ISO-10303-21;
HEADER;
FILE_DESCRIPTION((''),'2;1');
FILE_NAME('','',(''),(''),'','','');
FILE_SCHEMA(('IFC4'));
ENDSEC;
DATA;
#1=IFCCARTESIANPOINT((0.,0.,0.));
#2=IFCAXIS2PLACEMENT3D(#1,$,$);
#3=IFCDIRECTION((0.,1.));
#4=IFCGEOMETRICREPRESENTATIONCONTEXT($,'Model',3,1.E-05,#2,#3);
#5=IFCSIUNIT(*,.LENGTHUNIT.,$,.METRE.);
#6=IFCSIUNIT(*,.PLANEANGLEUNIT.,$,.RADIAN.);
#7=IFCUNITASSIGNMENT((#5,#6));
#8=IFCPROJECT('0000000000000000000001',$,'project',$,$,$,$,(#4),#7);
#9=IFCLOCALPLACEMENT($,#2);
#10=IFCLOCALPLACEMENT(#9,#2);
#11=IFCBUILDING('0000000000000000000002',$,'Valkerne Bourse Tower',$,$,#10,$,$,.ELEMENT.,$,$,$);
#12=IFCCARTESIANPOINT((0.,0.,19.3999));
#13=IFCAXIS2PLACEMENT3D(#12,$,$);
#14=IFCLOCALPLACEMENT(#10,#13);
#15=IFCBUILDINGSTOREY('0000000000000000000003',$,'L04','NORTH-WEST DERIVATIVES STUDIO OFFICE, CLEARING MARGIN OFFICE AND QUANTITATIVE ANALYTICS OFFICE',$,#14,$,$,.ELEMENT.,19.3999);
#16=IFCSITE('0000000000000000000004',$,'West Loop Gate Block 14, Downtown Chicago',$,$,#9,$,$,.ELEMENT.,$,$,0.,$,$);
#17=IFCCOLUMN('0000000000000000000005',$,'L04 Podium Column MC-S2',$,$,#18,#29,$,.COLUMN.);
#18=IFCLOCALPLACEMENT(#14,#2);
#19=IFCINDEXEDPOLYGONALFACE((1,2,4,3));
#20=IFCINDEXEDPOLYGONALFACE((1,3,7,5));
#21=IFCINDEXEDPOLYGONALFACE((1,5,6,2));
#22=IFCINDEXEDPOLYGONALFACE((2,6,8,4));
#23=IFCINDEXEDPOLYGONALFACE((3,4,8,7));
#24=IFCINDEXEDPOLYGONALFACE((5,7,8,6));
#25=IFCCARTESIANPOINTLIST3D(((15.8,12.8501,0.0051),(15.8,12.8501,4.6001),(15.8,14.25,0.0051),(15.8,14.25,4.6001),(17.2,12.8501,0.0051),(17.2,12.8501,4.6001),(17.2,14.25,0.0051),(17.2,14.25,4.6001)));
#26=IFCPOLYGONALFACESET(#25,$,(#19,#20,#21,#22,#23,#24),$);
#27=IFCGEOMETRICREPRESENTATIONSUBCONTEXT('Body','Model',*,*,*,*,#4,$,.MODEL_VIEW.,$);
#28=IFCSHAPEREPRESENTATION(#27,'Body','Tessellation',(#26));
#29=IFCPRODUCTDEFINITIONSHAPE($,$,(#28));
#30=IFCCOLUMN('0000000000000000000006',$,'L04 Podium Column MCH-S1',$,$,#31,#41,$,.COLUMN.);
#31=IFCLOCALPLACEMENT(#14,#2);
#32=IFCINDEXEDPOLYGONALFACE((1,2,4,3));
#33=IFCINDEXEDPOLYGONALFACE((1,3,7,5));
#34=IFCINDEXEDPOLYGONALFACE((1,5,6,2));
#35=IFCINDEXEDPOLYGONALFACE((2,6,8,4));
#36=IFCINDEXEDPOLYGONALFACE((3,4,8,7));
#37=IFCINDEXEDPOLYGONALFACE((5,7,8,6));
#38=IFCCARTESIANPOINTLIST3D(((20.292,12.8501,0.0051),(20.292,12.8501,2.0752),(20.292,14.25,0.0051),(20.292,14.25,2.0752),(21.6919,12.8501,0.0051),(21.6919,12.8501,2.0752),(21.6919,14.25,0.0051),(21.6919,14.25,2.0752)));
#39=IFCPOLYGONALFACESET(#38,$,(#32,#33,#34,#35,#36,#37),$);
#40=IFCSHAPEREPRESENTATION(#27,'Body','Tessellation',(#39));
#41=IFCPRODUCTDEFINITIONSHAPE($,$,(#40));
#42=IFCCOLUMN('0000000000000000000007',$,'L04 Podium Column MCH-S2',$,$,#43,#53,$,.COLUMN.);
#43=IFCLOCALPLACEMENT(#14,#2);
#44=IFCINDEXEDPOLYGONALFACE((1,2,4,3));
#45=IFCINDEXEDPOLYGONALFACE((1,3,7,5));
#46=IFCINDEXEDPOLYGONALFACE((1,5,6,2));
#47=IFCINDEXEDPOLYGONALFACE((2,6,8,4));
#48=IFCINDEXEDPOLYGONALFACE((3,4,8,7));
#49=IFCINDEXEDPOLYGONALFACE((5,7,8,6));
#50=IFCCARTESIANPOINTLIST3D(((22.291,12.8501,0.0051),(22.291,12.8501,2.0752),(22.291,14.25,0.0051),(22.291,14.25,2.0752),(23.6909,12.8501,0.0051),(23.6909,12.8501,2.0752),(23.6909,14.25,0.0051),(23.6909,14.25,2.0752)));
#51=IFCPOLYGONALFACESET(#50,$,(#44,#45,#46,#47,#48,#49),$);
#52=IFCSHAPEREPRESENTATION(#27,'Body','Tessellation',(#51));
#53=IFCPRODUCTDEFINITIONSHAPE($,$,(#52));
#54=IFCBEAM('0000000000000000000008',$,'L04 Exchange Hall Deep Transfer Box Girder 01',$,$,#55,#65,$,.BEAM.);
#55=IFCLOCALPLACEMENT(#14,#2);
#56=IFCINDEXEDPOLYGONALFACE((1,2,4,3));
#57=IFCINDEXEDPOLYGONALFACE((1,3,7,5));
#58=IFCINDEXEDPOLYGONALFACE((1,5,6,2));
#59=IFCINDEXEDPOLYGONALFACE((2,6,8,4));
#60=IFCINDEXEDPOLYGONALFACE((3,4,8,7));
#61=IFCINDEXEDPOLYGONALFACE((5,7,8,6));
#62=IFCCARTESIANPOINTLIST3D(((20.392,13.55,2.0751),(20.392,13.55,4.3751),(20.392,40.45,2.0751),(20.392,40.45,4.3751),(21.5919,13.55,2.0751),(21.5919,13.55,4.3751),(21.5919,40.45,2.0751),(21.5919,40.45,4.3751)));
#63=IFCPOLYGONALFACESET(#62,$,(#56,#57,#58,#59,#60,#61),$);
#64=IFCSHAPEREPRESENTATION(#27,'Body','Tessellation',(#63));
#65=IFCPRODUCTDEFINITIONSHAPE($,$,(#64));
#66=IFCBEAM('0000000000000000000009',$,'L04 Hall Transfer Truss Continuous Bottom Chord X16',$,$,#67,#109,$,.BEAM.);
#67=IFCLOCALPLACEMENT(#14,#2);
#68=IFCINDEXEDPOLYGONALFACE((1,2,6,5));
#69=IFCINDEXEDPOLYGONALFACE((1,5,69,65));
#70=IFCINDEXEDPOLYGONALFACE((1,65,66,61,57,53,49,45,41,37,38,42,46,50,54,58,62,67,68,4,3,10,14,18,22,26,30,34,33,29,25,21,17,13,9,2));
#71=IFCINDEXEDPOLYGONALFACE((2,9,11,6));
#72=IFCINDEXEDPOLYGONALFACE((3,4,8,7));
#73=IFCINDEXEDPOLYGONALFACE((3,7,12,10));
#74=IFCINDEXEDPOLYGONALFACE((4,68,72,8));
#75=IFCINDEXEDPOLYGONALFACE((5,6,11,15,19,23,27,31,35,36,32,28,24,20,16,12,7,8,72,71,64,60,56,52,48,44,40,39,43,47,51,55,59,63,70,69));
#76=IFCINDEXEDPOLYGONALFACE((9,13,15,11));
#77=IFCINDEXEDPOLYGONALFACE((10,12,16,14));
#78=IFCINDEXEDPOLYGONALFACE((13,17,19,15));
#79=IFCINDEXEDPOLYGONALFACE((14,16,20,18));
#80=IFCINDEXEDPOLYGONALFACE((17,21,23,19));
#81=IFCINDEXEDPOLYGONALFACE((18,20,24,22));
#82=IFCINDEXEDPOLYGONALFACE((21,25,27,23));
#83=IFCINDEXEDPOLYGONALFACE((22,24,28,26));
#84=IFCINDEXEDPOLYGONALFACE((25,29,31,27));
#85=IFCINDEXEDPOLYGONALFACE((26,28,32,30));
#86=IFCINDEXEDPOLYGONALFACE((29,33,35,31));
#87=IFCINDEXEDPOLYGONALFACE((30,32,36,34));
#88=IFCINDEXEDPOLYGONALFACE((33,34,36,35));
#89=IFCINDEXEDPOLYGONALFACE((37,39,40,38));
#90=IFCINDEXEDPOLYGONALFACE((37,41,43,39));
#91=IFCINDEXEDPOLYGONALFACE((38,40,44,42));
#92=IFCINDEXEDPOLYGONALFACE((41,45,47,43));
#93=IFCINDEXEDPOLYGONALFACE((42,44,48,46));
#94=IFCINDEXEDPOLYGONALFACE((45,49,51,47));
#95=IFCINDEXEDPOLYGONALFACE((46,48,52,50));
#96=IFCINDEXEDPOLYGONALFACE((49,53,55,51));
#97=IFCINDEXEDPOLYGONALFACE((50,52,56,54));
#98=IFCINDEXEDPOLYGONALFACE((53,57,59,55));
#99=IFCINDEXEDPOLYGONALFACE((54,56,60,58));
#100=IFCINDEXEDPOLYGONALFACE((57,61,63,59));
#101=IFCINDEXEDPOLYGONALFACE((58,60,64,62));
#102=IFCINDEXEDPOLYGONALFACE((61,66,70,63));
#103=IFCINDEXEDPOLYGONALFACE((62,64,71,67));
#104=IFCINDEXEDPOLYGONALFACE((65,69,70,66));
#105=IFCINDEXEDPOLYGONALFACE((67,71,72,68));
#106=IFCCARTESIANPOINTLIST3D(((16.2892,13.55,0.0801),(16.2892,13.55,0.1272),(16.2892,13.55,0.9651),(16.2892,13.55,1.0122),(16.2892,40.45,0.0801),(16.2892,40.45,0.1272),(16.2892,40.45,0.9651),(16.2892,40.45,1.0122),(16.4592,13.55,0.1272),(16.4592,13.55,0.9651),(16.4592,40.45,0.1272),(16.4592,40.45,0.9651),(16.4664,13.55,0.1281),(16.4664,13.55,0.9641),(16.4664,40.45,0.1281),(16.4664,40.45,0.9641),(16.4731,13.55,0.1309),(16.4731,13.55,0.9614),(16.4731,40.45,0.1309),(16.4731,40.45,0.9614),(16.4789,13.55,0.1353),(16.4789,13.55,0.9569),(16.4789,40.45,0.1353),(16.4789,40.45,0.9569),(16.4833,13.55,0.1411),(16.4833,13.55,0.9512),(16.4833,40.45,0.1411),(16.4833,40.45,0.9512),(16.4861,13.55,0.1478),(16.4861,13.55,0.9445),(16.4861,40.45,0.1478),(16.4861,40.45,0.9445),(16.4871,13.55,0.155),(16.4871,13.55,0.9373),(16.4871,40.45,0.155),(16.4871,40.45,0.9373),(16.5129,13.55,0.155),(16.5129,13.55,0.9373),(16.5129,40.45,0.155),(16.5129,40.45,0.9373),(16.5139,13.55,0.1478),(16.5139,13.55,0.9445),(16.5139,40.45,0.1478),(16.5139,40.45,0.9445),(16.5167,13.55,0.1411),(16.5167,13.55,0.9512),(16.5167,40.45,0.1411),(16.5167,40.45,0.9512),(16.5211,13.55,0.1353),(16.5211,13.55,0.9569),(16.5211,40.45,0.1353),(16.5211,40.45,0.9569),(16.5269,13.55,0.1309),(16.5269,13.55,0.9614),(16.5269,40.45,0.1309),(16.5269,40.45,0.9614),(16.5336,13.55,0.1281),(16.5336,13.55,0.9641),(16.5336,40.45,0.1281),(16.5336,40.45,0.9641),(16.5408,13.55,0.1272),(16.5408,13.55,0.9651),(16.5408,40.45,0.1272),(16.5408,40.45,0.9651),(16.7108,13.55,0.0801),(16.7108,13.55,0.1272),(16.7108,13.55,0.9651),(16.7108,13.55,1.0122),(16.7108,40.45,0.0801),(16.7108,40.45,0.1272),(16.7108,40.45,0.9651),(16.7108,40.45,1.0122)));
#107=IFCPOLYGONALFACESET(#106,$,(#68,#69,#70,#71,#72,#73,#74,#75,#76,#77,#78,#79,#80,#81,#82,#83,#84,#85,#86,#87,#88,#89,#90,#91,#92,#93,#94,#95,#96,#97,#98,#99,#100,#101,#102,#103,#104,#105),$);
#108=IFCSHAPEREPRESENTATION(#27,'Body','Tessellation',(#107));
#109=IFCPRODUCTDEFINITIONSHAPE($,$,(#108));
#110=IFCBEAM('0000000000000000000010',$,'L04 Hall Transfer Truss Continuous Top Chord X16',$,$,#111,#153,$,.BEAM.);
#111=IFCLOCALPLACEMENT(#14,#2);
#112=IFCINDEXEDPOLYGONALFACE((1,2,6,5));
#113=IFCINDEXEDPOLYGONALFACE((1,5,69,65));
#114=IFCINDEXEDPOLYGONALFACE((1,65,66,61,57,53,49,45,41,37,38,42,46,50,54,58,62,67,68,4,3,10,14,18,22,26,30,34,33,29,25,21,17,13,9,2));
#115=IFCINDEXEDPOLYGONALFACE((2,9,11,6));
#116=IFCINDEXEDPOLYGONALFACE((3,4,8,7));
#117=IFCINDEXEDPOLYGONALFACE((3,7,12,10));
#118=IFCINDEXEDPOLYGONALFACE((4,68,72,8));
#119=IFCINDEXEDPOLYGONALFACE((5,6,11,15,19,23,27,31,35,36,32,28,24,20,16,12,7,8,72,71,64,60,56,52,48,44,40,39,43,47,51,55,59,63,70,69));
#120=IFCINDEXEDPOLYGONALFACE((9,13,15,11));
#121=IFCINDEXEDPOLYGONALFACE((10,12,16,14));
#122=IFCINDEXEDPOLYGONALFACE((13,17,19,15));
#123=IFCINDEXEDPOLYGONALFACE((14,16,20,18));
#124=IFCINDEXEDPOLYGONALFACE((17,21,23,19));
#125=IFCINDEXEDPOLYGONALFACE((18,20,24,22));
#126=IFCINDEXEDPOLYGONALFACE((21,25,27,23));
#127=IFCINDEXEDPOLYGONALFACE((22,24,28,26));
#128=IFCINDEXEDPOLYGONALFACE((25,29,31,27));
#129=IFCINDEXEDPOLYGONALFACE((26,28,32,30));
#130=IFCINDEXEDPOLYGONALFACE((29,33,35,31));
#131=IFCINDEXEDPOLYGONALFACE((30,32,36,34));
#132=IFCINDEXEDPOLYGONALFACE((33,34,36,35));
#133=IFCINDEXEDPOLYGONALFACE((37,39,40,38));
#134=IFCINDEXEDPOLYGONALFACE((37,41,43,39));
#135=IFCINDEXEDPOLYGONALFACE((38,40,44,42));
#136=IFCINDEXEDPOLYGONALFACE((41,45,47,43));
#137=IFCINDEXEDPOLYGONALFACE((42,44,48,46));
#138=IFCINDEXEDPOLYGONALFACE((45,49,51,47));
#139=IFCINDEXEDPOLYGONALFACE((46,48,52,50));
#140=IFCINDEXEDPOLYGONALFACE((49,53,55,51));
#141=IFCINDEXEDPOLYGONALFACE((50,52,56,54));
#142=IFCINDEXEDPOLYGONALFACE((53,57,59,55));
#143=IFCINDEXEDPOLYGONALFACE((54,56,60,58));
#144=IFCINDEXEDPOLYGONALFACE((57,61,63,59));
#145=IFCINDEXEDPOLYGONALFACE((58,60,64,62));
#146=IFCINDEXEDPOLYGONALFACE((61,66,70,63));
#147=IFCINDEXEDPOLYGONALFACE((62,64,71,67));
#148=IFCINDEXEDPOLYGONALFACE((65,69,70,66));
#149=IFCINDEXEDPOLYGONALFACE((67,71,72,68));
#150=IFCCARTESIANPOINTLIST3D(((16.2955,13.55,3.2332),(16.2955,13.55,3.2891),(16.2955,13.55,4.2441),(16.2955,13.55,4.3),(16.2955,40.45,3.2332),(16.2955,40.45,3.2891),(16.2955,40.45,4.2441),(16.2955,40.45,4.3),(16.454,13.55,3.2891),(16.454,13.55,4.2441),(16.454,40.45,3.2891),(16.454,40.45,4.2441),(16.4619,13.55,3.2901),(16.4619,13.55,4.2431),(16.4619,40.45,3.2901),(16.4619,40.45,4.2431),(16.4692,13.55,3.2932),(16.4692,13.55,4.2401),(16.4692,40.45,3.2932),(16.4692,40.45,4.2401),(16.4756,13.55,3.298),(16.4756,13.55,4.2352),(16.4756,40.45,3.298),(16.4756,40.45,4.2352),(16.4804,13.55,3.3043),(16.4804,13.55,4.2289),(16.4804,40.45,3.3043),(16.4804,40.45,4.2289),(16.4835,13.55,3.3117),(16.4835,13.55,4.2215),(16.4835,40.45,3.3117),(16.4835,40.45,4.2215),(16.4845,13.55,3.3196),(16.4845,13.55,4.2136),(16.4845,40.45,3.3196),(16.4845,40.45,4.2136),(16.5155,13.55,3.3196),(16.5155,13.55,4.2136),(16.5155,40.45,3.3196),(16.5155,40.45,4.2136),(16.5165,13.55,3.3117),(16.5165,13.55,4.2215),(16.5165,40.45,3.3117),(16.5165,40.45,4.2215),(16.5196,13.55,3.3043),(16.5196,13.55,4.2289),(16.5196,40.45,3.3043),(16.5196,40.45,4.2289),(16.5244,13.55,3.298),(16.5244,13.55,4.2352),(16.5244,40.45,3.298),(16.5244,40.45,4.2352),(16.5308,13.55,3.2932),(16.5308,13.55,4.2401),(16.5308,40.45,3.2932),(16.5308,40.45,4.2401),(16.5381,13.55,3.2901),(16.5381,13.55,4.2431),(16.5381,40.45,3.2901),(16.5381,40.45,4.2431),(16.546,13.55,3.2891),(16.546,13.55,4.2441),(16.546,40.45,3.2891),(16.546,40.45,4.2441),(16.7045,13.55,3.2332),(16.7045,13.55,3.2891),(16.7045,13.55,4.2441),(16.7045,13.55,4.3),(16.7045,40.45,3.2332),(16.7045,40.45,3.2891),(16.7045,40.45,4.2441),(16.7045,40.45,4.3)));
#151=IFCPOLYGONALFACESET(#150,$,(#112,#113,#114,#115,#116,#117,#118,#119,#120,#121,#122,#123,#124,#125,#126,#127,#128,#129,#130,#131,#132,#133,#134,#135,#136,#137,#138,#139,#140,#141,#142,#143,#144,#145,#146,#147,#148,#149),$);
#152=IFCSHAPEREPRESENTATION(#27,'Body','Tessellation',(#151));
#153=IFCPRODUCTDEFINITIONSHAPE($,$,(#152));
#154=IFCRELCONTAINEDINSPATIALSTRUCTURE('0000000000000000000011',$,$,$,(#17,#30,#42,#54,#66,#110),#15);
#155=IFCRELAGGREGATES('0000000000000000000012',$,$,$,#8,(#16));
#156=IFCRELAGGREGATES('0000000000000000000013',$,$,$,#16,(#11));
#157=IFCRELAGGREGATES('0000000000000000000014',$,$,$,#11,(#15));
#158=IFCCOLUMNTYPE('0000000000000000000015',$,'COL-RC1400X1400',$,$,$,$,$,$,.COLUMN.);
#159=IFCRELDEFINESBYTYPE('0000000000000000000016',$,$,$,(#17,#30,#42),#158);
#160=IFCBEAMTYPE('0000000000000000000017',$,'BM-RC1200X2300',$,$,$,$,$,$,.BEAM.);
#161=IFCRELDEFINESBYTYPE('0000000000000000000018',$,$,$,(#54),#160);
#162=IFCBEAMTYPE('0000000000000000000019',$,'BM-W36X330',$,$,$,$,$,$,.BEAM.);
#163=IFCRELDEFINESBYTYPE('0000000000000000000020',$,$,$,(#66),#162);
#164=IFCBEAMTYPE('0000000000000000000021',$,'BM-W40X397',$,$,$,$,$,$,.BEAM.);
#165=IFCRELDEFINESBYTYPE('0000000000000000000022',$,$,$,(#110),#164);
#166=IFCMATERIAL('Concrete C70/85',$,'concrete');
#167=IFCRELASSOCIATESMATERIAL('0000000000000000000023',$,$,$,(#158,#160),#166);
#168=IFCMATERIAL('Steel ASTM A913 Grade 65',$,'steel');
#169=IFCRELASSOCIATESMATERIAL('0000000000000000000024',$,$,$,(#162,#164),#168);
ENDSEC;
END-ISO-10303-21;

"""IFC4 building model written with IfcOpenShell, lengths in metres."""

from ifc_helpers import new_model, si_unit, direction, frame, origin, origin_2d, place, context, subcontext, project, spatial, rectangle, i_section, extrude, material, material_profile, profile_set, type_object, element, save


model = new_model("IFC4")

# Units and contexts
model_context = context("Model", 3, precision=1e-05, world=origin(), true_north=direction((0.0, 1.0)))
body_context = subcontext(model_context, "Body", "Model", "MODEL_VIEW")
ifc_project = project(units=[si_unit("LENGTHUNIT", "METRE"), si_unit("PLANEANGLEUNIT", "RADIAN")], contexts=[model_context])

# Site, building, storey
site_placement = place(None, origin())
site = spatial("IfcSite", under=ifc_project, at=site_placement, Name="West Loop Gate Block 14, Downtown Chicago", CompositionType="ELEMENT", RefElevation=0.0)
building_placement = place(site_placement, origin())
building = spatial("IfcBuilding", under=site, at=building_placement, Name="Valkerne Bourse Tower", CompositionType="ELEMENT")
storey_placement = place(building_placement, frame((0.0, 0.0, 19.3999)))
storey = spatial("IfcBuildingStorey", under=building, at=storey_placement, Name="L04", Description="NORTH-WEST DERIVATIVES STUDIO OFFICE, CLEARING MARGIN OFFICE AND QUANTITATIVE ANALYTICS OFFICE", CompositionType="ELEMENT", Elevation=19.3999)

# Columns
ifc_material_1 = material(Name="Concrete C70/85", Category="concrete")
ifc_material_profile_1 = material_profile(ifc_material_1, rectangle(XDim=1.3999, YDim=1.3999, at=origin_2d()), Name="RC1400X1400")
ifc_profile_set_1 = profile_set([ifc_material_profile_1], Name="Concrete C70/85")
column_type = type_object("IfcColumnType", Name="COL-RC1400X1400", PredefinedType="COLUMN", material=ifc_profile_set_1)
column_placement = place(storey_placement, frame((16.5, 13.55, 0.0051), z_axis=(0.0, 0.0, 1.0), x_axis=(1.0, 0.0, 0.0)))
element("IfcColumn", 1, at=column_placement, inside=storey, type_object=column_type, Name="L04 Podium Column MC-S2", PredefinedType="COLUMN", context=body_context, shape_type="SweptSolid", body=[
    extrude(rectangle(XDim=1.3999, YDim=1.3999, at=origin_2d()), origin(), (0.0, 0.0, 1.0), 4.595),
])
for number, where, z_axis, x_axis, name in (
    (2, (20.9919, 13.55, 0.0051), (0.0, 0.0, 1.0), (1.0, 0.0, 0.0), "L04 Podium Column MCH-S1"),
    (3, (22.991, 13.55, 0.0051), (0.0, 0.0, 1.0), (1.0, 0.0, 0.0), "L04 Podium Column MCH-S2"),
):
    element("IfcColumn", number, at=place(storey_placement, frame(where, z_axis=z_axis, x_axis=x_axis)), inside=storey, type_object=column_type, Name=name, PredefinedType="COLUMN", context=body_context, shape_type="SweptSolid", body=[
        extrude(rectangle(XDim=1.3999, YDim=1.3999, at=origin_2d()), origin(), (0.0, 0.0, 1.0), 2.0701),
    ])

# Beams
ifc_material_profile_2 = material_profile(ifc_material_1, rectangle(XDim=1.2, YDim=2.3, at=origin_2d()), Name="RC1200X2300")
ifc_profile_set_2 = profile_set([ifc_material_profile_2], Name="Concrete C70/85")
beam_type_1 = type_object("IfcBeamType", Name="BM-RC1200X2300", PredefinedType="BEAM", material=ifc_profile_set_2)
beam_1_placement = place(storey_placement, frame((20.9919, 13.55, 3.2251), z_axis=(0.0, 1.0, 0.0), x_axis=(-1.0, 0.0, 0.0)))
element("IfcBeam", 4, at=beam_1_placement, inside=storey, type_object=beam_type_1, Name="L04 Exchange Hall Deep Transfer Box Girder 01", PredefinedType="BEAM", context=body_context, shape_type="SweptSolid", body=[
    extrude(rectangle(XDim=1.2, YDim=2.3, at=origin_2d()), origin(), (0.0, 0.0, 1.0), 26.8999),
])
ifc_material_2 = material(Name="Steel ASTM A913 Grade 65", Category="steel")
ifc_material_profile_3 = material_profile(ifc_material_2, i_section(OverallWidth=0.4216, OverallDepth=0.9321, WebThickness=0.0259, FlangeThickness=0.0471, FilletRadius=0.0278, at=origin_2d()), Name="W36X330")
ifc_profile_set_3 = profile_set([ifc_material_profile_3], Name="Steel ASTM A913 Grade 65")
beam_type_2 = type_object("IfcBeamType", Name="BM-W36X330", PredefinedType="BEAM", material=ifc_profile_set_3)
beam_2_placement = place(storey_placement, frame((16.5, 13.55, 0.5461), z_axis=(0.0, 1.0, 0.0), x_axis=(-1.0, 0.0, 0.0)))
element("IfcBeam", 5, at=beam_2_placement, inside=storey, type_object=beam_type_2, Name="L04 Hall Transfer Truss Continuous Bottom Chord X16", PredefinedType="BEAM", context=body_context, shape_type="SweptSolid", body=[
    extrude(i_section(OverallWidth=0.4216, OverallDepth=0.9321, WebThickness=0.0259, FlangeThickness=0.0471, FilletRadius=0.0278, at=origin_2d()), origin(), (0.0, 0.0, 1.0), 26.8999),
])
ifc_material_profile_4 = material_profile(ifc_material_2, i_section(OverallWidth=0.4089, OverallDepth=1.0669, WebThickness=0.031, FlangeThickness=0.0559, FilletRadius=0.0305, at=origin_2d()), Name="W40X397")
ifc_profile_set_4 = profile_set([ifc_material_profile_4], Name="Steel ASTM A913 Grade 65")
beam_type_3 = type_object("IfcBeamType", Name="BM-W40X397", PredefinedType="BEAM", material=ifc_profile_set_4)
beam_3_placement = place(storey_placement, frame((16.5, 13.55, 3.7666), z_axis=(0.0, 1.0, 0.0), x_axis=(-1.0, 0.0, 0.0)))
element("IfcBeam", 6, at=beam_3_placement, inside=storey, type_object=beam_type_3, Name="L04 Hall Transfer Truss Continuous Top Chord X16", PredefinedType="BEAM", context=body_context, shape_type="SweptSolid", body=[
    extrude(i_section(OverallWidth=0.4089, OverallDepth=1.0669, WebThickness=0.031, FlangeThickness=0.0559, FilletRadius=0.0305, at=origin_2d()), origin(), (0.0, 0.0, 1.0), 26.8999),
])

save(model, "model.ifc")
